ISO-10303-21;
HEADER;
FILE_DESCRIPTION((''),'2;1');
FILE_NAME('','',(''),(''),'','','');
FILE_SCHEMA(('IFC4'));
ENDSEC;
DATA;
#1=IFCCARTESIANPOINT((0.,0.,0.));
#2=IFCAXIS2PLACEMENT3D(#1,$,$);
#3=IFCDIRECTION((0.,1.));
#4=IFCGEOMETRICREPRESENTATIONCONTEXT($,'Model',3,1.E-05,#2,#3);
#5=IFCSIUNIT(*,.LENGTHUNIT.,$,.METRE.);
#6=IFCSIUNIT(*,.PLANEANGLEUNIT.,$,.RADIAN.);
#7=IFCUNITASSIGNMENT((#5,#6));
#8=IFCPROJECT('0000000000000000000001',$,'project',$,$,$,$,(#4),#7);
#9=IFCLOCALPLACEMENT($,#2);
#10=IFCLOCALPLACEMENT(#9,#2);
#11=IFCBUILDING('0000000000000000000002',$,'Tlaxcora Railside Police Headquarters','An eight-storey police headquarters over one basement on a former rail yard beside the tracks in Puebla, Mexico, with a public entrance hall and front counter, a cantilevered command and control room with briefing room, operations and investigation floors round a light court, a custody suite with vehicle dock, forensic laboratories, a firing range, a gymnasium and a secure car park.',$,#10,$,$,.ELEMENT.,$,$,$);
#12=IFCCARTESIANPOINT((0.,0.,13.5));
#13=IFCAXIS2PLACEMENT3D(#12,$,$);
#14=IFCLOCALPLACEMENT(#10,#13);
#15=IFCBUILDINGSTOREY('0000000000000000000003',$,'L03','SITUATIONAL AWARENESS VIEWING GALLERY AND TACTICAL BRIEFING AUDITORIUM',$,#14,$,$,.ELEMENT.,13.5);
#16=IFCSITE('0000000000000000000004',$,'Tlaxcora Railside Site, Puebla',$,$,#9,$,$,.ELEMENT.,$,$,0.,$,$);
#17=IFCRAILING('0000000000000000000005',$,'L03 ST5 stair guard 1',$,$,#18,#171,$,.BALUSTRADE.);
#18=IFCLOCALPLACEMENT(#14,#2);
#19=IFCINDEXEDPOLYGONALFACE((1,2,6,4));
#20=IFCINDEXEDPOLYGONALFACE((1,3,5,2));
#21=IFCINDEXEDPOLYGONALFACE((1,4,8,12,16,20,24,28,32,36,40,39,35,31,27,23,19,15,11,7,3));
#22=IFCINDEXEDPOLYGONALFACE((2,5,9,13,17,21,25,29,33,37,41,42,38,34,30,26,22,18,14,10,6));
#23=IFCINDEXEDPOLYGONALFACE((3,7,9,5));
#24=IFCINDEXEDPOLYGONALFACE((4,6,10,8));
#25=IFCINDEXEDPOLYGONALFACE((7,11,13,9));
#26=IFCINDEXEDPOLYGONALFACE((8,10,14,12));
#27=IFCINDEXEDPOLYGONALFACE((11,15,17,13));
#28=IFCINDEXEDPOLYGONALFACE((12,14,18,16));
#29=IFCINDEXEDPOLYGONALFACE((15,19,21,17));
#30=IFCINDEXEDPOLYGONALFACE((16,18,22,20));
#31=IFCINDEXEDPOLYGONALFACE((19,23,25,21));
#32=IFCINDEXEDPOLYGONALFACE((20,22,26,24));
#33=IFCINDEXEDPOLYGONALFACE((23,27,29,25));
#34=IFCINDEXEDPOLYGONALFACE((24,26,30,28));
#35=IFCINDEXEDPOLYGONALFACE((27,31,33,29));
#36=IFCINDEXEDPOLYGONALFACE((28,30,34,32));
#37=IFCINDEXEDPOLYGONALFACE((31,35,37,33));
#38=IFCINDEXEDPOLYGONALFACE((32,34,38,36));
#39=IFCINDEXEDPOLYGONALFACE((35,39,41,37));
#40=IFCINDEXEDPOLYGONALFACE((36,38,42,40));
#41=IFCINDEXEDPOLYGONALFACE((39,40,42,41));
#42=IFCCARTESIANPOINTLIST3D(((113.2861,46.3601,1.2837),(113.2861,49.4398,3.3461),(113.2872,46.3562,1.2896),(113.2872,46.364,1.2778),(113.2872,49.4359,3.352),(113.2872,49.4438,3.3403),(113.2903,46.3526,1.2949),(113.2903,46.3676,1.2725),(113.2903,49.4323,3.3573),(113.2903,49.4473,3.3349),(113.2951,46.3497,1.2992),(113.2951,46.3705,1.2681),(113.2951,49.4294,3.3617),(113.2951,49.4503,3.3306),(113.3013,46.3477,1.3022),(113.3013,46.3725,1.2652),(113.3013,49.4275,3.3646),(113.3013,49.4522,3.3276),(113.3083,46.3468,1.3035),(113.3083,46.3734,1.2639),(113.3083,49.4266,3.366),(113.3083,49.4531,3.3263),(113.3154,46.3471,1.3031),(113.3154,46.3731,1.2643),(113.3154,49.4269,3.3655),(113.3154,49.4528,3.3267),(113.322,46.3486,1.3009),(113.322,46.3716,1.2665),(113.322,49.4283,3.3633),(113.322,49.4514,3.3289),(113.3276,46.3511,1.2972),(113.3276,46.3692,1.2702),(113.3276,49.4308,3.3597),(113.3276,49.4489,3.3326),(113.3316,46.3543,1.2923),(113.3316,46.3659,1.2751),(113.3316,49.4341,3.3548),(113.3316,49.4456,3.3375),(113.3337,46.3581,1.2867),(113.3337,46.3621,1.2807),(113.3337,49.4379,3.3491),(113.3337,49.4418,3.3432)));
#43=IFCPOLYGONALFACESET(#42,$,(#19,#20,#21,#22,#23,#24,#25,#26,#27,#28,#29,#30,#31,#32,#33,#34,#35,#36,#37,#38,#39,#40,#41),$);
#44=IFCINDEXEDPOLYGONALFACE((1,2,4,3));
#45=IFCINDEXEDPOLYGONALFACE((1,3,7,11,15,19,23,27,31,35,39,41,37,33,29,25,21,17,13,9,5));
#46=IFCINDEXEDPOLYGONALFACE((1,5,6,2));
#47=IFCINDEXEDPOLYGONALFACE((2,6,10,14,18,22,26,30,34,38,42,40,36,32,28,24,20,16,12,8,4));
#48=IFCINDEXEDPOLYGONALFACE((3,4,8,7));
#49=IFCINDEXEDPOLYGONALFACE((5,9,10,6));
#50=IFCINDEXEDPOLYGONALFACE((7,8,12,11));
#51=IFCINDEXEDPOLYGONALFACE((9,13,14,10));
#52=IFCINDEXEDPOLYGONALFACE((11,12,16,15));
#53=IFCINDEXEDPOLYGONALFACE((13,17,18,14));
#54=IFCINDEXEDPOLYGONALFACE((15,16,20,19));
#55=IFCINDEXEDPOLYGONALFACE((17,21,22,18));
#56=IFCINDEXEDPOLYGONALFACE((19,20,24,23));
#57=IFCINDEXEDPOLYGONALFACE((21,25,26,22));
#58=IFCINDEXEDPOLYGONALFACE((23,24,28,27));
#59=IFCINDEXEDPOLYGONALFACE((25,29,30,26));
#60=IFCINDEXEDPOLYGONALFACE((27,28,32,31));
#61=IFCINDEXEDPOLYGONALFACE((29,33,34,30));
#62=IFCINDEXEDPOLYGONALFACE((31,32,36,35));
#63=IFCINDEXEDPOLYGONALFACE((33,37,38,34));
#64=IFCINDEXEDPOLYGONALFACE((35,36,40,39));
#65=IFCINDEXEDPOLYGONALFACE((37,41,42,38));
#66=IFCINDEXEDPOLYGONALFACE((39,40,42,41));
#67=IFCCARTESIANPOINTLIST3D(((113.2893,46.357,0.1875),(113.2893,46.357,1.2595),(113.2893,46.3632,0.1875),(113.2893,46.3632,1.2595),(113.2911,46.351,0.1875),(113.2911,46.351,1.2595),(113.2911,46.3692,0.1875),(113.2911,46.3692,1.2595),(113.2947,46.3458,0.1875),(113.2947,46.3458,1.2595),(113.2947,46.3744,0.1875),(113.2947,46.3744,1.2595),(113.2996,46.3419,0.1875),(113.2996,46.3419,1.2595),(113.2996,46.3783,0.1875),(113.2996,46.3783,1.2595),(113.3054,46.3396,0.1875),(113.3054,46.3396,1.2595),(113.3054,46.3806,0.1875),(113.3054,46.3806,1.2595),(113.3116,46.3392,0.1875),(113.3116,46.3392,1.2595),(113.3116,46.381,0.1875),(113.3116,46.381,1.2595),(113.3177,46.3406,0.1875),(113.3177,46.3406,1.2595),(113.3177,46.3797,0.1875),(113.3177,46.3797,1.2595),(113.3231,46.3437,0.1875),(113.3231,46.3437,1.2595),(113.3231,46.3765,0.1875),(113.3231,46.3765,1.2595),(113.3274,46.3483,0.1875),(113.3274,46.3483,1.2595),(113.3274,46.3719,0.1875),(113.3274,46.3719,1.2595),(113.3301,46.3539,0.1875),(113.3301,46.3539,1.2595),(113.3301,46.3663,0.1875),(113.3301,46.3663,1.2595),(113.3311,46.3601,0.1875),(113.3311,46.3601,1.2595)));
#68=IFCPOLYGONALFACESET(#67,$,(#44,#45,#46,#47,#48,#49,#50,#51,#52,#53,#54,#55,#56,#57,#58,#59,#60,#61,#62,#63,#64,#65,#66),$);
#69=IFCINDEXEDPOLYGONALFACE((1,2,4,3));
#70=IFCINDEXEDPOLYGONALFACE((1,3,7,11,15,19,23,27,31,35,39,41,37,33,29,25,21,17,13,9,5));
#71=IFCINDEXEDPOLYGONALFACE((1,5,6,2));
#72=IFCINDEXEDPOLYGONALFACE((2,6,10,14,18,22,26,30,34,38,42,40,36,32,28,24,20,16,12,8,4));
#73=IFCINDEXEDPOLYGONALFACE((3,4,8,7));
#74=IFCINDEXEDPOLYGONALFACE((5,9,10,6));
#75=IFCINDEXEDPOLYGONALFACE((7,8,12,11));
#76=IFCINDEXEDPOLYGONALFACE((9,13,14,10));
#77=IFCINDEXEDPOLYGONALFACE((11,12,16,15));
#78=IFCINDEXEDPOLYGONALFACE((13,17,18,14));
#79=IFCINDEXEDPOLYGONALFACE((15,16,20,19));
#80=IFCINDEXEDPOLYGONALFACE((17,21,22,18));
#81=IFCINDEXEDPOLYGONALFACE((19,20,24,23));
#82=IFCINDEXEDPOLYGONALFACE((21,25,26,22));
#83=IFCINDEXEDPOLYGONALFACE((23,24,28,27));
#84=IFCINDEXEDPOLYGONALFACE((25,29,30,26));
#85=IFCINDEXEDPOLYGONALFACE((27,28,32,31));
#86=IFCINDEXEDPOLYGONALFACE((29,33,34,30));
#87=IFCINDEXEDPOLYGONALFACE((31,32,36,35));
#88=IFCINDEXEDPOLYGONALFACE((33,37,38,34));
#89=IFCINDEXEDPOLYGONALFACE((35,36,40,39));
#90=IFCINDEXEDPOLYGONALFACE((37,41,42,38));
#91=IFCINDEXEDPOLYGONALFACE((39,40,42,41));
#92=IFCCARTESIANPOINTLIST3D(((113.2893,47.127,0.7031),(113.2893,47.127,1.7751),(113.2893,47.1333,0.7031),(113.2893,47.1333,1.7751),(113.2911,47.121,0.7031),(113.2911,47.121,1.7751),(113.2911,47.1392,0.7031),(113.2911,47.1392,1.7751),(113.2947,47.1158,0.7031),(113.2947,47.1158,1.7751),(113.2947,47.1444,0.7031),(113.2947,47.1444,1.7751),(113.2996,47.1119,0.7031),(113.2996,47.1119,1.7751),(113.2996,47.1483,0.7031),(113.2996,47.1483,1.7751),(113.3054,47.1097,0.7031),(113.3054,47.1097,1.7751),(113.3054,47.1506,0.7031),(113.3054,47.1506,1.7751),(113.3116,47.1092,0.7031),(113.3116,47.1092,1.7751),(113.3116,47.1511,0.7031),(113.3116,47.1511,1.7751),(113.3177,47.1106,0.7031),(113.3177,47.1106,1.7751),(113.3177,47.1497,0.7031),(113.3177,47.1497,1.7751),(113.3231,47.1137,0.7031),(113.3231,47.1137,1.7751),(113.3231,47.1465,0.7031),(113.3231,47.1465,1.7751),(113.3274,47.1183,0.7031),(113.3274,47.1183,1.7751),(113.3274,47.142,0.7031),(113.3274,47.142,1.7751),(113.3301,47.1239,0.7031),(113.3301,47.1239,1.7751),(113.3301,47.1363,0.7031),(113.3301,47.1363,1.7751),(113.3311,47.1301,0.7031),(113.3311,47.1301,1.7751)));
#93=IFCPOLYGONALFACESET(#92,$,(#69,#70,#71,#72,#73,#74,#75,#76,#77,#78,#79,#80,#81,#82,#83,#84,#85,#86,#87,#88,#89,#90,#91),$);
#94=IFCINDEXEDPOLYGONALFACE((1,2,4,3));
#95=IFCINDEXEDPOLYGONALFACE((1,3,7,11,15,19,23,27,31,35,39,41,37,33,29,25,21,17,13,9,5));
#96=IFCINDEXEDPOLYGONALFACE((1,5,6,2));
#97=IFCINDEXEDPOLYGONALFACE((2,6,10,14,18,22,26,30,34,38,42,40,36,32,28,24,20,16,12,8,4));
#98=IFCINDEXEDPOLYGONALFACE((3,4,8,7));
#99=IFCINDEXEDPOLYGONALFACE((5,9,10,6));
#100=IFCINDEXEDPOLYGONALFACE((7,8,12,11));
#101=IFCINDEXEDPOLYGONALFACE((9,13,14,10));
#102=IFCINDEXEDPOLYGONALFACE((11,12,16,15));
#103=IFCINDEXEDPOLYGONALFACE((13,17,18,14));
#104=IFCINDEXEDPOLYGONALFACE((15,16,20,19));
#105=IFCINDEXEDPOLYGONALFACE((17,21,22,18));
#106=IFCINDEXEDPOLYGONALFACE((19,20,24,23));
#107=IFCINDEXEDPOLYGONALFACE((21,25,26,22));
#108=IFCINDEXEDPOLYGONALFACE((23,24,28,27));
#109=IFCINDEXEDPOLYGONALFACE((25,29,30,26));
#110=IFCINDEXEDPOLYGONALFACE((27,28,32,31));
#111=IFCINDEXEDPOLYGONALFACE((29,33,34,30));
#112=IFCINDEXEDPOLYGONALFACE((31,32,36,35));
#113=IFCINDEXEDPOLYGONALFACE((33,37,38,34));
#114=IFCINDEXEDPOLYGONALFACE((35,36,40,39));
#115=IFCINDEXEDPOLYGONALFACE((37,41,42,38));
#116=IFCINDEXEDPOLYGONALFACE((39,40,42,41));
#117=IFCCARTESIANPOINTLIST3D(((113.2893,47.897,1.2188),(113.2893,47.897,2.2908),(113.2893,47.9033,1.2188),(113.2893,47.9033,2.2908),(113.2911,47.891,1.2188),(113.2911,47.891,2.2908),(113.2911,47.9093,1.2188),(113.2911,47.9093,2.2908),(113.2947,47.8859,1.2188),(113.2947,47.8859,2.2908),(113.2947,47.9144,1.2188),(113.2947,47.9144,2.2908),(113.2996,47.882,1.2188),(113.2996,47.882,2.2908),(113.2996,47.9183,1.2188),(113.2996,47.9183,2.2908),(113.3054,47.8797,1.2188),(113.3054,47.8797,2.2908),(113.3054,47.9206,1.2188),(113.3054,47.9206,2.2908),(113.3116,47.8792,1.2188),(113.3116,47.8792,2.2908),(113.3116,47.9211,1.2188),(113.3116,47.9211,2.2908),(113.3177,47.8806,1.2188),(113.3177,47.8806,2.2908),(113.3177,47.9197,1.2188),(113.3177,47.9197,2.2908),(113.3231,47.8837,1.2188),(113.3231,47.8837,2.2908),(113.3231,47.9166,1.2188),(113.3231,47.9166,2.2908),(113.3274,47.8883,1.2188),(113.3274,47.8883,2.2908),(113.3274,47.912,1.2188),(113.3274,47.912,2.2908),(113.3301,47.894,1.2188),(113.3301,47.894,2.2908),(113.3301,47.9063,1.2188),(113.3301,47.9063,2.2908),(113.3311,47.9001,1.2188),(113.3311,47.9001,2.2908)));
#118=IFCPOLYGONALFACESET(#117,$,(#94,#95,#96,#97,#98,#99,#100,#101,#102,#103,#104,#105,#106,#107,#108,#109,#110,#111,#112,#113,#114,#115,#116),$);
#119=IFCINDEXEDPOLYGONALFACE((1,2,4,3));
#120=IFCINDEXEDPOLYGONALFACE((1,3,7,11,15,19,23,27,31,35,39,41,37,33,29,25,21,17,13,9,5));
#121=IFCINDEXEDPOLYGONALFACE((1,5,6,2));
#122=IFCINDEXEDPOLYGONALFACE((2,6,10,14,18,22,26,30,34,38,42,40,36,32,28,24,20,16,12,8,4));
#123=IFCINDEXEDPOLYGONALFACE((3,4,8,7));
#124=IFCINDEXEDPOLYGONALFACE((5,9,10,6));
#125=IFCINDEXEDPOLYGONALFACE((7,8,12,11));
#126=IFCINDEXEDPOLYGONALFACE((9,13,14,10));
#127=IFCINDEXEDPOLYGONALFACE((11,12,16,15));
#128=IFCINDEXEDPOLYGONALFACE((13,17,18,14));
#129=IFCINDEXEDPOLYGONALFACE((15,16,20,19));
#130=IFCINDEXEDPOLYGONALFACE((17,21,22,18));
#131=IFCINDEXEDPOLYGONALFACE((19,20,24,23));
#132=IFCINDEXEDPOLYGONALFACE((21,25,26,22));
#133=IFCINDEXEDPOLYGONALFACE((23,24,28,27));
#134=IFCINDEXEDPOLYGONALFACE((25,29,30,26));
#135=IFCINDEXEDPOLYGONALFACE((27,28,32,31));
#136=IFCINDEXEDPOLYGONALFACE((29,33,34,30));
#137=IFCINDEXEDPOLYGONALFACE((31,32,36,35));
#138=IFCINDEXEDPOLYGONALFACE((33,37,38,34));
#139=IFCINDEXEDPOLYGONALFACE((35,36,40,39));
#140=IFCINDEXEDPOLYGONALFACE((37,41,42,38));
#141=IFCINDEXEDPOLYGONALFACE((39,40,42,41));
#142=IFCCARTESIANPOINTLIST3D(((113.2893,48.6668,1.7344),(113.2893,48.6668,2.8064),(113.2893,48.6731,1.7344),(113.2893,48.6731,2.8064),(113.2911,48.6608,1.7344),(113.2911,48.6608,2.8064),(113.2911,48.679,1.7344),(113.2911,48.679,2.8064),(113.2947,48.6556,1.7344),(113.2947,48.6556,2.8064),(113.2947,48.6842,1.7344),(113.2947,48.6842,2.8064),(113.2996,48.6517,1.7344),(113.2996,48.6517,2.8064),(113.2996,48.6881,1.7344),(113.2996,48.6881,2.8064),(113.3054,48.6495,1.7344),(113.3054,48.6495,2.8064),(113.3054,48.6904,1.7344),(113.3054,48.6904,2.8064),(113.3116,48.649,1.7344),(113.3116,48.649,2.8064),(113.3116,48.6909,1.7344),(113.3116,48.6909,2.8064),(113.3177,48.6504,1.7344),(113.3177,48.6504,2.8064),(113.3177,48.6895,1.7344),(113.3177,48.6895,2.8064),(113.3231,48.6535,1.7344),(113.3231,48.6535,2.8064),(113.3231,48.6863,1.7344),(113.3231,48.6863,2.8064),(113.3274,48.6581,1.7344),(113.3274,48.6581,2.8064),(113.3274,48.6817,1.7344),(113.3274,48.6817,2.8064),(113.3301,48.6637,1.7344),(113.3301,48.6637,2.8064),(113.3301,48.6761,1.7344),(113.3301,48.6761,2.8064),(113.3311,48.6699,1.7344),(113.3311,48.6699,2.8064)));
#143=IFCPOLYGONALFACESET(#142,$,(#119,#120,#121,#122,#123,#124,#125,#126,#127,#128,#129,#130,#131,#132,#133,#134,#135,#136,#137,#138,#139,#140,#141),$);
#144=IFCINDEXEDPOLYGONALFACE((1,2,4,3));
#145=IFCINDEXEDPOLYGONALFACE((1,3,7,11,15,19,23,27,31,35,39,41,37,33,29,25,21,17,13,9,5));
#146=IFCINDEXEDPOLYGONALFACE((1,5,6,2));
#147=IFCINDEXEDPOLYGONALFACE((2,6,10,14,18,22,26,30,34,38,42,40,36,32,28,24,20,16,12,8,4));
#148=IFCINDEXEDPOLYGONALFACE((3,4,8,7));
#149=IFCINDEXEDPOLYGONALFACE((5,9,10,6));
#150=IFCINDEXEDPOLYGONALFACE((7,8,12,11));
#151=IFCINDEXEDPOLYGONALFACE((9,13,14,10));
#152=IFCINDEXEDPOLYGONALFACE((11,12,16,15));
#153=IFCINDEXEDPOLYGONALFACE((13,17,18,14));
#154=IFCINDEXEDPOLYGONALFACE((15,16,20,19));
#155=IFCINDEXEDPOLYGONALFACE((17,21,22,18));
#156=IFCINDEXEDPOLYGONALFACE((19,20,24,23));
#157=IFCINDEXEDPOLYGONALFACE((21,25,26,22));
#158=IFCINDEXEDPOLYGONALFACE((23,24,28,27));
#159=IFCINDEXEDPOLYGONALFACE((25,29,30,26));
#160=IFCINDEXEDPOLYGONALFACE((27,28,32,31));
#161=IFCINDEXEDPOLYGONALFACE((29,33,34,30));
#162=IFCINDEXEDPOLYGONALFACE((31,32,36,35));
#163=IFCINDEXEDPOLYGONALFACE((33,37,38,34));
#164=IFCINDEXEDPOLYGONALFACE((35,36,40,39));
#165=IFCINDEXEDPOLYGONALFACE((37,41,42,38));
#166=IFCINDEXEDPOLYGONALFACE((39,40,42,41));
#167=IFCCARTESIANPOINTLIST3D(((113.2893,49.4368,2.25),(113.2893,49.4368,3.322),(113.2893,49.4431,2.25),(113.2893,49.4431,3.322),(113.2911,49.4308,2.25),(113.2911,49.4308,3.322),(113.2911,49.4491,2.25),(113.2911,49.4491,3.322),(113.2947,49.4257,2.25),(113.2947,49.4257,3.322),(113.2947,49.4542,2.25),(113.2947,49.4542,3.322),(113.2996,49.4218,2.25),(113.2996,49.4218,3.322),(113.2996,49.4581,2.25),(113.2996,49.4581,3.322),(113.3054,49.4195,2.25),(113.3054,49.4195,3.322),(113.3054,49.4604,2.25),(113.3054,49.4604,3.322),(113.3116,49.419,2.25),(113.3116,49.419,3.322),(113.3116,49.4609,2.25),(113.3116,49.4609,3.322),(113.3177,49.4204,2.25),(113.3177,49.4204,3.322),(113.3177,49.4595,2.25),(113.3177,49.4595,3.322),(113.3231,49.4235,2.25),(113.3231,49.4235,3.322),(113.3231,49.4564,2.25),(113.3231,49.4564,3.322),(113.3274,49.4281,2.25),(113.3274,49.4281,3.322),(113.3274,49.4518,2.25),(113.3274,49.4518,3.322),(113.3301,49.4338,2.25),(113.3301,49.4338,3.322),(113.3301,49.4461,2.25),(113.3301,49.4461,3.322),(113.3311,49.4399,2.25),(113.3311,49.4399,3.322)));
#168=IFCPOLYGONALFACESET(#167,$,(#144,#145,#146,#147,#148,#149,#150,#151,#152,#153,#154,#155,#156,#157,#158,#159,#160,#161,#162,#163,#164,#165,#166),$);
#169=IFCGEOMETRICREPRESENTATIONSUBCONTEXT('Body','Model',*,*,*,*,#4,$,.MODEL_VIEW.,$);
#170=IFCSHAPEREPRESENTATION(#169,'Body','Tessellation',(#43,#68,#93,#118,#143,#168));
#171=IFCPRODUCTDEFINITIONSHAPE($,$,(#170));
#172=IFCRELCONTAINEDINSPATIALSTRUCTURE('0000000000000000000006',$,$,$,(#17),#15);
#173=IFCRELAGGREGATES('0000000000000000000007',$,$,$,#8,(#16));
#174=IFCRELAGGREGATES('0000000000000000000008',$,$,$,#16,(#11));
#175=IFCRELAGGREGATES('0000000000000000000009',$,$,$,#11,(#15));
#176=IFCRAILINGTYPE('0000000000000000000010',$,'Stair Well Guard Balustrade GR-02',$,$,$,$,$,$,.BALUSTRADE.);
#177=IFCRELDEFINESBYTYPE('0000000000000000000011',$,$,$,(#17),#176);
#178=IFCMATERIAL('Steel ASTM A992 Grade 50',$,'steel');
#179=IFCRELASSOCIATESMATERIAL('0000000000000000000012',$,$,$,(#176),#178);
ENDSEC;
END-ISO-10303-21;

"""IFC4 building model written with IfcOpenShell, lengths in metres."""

from ifc_helpers import new_model, si_unit, direction, frame, origin, origin_2d, place, context, subcontext, project, spatial, circle, extrude, material, type_object, element, save


model = new_model("IFC4")

# Units and contexts
model_context = context("Model", 3, precision=1e-05, world=origin(), true_north=direction((0.0, 1.0)))
body_context = subcontext(model_context, "Body", "Model", "MODEL_VIEW")
ifc_project = project(units=[si_unit("LENGTHUNIT", "METRE"), si_unit("PLANEANGLEUNIT", "RADIAN")], contexts=[model_context])

# Site, building, storey
site_placement = place(None, origin())
site = spatial("IfcSite", under=ifc_project, at=site_placement, Name="Tlaxcora Railside Site, Puebla", CompositionType="ELEMENT", RefElevation=0.0)
building_placement = place(site_placement, origin())
building = spatial("IfcBuilding", under=site, at=building_placement, Name="Tlaxcora Railside Police Headquarters", Description="An eight-storey police headquarters over one basement on a former rail yard beside the tracks in Puebla, Mexico, with a public entrance hall and front counter, a cantilevered command and control room with briefing room, operations and investigation floors round a light court, a custody suite with vehicle dock, forensic laboratories, a firing range, a gymnasium and a secure car park.", CompositionType="ELEMENT")
storey_placement = place(building_placement, frame((0.0, 0.0, 13.5)))
storey = spatial("IfcBuildingStorey", under=building, at=storey_placement, Name="L03", Description="SITUATIONAL AWARENESS VIEWING GALLERY AND TACTICAL BRIEFING AUDITORIUM", CompositionType="ELEMENT", Elevation=13.5)

# Shared definitions
ifc_material_1 = material(Name="Steel ASTM A992 Grade 50", Category="steel")

# Railing
railing_type_1 = type_object("IfcRailingType", Name="Stair Well Guard Balustrade GR-02", PredefinedType="BALUSTRADE", material=ifc_material_1)
railing_1_placement = place(storey_placement, frame((113.3101, 46.3601, 0.1875)))
element("IfcRailing", 1, at=railing_1_placement, inside=storey, type_object=railing_type_1, Name="L03 ST5 stair guard 1", PredefinedType="BALUSTRADE", context=body_context, shape_type="SweptSolid", body=[
    extrude(circle(Radius=0.0239, at=origin_2d()), frame((0.0, 0.0, 1.0962), z_axis=(0.0, 0.830893, 0.556432), x_axis=(-1.0, 0.0, 0.0)), (0.0, 0.0, 1.0), 3.7065),
    extrude(circle(Radius=0.021, at=origin_2d()), origin(), (0.0, 0.0, 1.0), 1.072),
    extrude(circle(Radius=0.021, at=origin_2d()), frame((0.0, 0.77, 0.5156)), (0.0, 0.0, 1.0), 1.072),
    extrude(circle(Radius=0.021, at=origin_2d()), frame((0.0, 1.54, 1.0312)), (0.0, 0.0, 1.0), 1.072),
    extrude(circle(Radius=0.021, at=origin_2d()), frame((0.0, 2.3098, 1.5469)), (0.0, 0.0, 1.0), 1.072),
    extrude(circle(Radius=0.021, at=origin_2d()), frame((0.0, 3.0798, 2.0625)), (0.0, 0.0, 1.0), 1.072),
])

save(model, "model.ifc")
